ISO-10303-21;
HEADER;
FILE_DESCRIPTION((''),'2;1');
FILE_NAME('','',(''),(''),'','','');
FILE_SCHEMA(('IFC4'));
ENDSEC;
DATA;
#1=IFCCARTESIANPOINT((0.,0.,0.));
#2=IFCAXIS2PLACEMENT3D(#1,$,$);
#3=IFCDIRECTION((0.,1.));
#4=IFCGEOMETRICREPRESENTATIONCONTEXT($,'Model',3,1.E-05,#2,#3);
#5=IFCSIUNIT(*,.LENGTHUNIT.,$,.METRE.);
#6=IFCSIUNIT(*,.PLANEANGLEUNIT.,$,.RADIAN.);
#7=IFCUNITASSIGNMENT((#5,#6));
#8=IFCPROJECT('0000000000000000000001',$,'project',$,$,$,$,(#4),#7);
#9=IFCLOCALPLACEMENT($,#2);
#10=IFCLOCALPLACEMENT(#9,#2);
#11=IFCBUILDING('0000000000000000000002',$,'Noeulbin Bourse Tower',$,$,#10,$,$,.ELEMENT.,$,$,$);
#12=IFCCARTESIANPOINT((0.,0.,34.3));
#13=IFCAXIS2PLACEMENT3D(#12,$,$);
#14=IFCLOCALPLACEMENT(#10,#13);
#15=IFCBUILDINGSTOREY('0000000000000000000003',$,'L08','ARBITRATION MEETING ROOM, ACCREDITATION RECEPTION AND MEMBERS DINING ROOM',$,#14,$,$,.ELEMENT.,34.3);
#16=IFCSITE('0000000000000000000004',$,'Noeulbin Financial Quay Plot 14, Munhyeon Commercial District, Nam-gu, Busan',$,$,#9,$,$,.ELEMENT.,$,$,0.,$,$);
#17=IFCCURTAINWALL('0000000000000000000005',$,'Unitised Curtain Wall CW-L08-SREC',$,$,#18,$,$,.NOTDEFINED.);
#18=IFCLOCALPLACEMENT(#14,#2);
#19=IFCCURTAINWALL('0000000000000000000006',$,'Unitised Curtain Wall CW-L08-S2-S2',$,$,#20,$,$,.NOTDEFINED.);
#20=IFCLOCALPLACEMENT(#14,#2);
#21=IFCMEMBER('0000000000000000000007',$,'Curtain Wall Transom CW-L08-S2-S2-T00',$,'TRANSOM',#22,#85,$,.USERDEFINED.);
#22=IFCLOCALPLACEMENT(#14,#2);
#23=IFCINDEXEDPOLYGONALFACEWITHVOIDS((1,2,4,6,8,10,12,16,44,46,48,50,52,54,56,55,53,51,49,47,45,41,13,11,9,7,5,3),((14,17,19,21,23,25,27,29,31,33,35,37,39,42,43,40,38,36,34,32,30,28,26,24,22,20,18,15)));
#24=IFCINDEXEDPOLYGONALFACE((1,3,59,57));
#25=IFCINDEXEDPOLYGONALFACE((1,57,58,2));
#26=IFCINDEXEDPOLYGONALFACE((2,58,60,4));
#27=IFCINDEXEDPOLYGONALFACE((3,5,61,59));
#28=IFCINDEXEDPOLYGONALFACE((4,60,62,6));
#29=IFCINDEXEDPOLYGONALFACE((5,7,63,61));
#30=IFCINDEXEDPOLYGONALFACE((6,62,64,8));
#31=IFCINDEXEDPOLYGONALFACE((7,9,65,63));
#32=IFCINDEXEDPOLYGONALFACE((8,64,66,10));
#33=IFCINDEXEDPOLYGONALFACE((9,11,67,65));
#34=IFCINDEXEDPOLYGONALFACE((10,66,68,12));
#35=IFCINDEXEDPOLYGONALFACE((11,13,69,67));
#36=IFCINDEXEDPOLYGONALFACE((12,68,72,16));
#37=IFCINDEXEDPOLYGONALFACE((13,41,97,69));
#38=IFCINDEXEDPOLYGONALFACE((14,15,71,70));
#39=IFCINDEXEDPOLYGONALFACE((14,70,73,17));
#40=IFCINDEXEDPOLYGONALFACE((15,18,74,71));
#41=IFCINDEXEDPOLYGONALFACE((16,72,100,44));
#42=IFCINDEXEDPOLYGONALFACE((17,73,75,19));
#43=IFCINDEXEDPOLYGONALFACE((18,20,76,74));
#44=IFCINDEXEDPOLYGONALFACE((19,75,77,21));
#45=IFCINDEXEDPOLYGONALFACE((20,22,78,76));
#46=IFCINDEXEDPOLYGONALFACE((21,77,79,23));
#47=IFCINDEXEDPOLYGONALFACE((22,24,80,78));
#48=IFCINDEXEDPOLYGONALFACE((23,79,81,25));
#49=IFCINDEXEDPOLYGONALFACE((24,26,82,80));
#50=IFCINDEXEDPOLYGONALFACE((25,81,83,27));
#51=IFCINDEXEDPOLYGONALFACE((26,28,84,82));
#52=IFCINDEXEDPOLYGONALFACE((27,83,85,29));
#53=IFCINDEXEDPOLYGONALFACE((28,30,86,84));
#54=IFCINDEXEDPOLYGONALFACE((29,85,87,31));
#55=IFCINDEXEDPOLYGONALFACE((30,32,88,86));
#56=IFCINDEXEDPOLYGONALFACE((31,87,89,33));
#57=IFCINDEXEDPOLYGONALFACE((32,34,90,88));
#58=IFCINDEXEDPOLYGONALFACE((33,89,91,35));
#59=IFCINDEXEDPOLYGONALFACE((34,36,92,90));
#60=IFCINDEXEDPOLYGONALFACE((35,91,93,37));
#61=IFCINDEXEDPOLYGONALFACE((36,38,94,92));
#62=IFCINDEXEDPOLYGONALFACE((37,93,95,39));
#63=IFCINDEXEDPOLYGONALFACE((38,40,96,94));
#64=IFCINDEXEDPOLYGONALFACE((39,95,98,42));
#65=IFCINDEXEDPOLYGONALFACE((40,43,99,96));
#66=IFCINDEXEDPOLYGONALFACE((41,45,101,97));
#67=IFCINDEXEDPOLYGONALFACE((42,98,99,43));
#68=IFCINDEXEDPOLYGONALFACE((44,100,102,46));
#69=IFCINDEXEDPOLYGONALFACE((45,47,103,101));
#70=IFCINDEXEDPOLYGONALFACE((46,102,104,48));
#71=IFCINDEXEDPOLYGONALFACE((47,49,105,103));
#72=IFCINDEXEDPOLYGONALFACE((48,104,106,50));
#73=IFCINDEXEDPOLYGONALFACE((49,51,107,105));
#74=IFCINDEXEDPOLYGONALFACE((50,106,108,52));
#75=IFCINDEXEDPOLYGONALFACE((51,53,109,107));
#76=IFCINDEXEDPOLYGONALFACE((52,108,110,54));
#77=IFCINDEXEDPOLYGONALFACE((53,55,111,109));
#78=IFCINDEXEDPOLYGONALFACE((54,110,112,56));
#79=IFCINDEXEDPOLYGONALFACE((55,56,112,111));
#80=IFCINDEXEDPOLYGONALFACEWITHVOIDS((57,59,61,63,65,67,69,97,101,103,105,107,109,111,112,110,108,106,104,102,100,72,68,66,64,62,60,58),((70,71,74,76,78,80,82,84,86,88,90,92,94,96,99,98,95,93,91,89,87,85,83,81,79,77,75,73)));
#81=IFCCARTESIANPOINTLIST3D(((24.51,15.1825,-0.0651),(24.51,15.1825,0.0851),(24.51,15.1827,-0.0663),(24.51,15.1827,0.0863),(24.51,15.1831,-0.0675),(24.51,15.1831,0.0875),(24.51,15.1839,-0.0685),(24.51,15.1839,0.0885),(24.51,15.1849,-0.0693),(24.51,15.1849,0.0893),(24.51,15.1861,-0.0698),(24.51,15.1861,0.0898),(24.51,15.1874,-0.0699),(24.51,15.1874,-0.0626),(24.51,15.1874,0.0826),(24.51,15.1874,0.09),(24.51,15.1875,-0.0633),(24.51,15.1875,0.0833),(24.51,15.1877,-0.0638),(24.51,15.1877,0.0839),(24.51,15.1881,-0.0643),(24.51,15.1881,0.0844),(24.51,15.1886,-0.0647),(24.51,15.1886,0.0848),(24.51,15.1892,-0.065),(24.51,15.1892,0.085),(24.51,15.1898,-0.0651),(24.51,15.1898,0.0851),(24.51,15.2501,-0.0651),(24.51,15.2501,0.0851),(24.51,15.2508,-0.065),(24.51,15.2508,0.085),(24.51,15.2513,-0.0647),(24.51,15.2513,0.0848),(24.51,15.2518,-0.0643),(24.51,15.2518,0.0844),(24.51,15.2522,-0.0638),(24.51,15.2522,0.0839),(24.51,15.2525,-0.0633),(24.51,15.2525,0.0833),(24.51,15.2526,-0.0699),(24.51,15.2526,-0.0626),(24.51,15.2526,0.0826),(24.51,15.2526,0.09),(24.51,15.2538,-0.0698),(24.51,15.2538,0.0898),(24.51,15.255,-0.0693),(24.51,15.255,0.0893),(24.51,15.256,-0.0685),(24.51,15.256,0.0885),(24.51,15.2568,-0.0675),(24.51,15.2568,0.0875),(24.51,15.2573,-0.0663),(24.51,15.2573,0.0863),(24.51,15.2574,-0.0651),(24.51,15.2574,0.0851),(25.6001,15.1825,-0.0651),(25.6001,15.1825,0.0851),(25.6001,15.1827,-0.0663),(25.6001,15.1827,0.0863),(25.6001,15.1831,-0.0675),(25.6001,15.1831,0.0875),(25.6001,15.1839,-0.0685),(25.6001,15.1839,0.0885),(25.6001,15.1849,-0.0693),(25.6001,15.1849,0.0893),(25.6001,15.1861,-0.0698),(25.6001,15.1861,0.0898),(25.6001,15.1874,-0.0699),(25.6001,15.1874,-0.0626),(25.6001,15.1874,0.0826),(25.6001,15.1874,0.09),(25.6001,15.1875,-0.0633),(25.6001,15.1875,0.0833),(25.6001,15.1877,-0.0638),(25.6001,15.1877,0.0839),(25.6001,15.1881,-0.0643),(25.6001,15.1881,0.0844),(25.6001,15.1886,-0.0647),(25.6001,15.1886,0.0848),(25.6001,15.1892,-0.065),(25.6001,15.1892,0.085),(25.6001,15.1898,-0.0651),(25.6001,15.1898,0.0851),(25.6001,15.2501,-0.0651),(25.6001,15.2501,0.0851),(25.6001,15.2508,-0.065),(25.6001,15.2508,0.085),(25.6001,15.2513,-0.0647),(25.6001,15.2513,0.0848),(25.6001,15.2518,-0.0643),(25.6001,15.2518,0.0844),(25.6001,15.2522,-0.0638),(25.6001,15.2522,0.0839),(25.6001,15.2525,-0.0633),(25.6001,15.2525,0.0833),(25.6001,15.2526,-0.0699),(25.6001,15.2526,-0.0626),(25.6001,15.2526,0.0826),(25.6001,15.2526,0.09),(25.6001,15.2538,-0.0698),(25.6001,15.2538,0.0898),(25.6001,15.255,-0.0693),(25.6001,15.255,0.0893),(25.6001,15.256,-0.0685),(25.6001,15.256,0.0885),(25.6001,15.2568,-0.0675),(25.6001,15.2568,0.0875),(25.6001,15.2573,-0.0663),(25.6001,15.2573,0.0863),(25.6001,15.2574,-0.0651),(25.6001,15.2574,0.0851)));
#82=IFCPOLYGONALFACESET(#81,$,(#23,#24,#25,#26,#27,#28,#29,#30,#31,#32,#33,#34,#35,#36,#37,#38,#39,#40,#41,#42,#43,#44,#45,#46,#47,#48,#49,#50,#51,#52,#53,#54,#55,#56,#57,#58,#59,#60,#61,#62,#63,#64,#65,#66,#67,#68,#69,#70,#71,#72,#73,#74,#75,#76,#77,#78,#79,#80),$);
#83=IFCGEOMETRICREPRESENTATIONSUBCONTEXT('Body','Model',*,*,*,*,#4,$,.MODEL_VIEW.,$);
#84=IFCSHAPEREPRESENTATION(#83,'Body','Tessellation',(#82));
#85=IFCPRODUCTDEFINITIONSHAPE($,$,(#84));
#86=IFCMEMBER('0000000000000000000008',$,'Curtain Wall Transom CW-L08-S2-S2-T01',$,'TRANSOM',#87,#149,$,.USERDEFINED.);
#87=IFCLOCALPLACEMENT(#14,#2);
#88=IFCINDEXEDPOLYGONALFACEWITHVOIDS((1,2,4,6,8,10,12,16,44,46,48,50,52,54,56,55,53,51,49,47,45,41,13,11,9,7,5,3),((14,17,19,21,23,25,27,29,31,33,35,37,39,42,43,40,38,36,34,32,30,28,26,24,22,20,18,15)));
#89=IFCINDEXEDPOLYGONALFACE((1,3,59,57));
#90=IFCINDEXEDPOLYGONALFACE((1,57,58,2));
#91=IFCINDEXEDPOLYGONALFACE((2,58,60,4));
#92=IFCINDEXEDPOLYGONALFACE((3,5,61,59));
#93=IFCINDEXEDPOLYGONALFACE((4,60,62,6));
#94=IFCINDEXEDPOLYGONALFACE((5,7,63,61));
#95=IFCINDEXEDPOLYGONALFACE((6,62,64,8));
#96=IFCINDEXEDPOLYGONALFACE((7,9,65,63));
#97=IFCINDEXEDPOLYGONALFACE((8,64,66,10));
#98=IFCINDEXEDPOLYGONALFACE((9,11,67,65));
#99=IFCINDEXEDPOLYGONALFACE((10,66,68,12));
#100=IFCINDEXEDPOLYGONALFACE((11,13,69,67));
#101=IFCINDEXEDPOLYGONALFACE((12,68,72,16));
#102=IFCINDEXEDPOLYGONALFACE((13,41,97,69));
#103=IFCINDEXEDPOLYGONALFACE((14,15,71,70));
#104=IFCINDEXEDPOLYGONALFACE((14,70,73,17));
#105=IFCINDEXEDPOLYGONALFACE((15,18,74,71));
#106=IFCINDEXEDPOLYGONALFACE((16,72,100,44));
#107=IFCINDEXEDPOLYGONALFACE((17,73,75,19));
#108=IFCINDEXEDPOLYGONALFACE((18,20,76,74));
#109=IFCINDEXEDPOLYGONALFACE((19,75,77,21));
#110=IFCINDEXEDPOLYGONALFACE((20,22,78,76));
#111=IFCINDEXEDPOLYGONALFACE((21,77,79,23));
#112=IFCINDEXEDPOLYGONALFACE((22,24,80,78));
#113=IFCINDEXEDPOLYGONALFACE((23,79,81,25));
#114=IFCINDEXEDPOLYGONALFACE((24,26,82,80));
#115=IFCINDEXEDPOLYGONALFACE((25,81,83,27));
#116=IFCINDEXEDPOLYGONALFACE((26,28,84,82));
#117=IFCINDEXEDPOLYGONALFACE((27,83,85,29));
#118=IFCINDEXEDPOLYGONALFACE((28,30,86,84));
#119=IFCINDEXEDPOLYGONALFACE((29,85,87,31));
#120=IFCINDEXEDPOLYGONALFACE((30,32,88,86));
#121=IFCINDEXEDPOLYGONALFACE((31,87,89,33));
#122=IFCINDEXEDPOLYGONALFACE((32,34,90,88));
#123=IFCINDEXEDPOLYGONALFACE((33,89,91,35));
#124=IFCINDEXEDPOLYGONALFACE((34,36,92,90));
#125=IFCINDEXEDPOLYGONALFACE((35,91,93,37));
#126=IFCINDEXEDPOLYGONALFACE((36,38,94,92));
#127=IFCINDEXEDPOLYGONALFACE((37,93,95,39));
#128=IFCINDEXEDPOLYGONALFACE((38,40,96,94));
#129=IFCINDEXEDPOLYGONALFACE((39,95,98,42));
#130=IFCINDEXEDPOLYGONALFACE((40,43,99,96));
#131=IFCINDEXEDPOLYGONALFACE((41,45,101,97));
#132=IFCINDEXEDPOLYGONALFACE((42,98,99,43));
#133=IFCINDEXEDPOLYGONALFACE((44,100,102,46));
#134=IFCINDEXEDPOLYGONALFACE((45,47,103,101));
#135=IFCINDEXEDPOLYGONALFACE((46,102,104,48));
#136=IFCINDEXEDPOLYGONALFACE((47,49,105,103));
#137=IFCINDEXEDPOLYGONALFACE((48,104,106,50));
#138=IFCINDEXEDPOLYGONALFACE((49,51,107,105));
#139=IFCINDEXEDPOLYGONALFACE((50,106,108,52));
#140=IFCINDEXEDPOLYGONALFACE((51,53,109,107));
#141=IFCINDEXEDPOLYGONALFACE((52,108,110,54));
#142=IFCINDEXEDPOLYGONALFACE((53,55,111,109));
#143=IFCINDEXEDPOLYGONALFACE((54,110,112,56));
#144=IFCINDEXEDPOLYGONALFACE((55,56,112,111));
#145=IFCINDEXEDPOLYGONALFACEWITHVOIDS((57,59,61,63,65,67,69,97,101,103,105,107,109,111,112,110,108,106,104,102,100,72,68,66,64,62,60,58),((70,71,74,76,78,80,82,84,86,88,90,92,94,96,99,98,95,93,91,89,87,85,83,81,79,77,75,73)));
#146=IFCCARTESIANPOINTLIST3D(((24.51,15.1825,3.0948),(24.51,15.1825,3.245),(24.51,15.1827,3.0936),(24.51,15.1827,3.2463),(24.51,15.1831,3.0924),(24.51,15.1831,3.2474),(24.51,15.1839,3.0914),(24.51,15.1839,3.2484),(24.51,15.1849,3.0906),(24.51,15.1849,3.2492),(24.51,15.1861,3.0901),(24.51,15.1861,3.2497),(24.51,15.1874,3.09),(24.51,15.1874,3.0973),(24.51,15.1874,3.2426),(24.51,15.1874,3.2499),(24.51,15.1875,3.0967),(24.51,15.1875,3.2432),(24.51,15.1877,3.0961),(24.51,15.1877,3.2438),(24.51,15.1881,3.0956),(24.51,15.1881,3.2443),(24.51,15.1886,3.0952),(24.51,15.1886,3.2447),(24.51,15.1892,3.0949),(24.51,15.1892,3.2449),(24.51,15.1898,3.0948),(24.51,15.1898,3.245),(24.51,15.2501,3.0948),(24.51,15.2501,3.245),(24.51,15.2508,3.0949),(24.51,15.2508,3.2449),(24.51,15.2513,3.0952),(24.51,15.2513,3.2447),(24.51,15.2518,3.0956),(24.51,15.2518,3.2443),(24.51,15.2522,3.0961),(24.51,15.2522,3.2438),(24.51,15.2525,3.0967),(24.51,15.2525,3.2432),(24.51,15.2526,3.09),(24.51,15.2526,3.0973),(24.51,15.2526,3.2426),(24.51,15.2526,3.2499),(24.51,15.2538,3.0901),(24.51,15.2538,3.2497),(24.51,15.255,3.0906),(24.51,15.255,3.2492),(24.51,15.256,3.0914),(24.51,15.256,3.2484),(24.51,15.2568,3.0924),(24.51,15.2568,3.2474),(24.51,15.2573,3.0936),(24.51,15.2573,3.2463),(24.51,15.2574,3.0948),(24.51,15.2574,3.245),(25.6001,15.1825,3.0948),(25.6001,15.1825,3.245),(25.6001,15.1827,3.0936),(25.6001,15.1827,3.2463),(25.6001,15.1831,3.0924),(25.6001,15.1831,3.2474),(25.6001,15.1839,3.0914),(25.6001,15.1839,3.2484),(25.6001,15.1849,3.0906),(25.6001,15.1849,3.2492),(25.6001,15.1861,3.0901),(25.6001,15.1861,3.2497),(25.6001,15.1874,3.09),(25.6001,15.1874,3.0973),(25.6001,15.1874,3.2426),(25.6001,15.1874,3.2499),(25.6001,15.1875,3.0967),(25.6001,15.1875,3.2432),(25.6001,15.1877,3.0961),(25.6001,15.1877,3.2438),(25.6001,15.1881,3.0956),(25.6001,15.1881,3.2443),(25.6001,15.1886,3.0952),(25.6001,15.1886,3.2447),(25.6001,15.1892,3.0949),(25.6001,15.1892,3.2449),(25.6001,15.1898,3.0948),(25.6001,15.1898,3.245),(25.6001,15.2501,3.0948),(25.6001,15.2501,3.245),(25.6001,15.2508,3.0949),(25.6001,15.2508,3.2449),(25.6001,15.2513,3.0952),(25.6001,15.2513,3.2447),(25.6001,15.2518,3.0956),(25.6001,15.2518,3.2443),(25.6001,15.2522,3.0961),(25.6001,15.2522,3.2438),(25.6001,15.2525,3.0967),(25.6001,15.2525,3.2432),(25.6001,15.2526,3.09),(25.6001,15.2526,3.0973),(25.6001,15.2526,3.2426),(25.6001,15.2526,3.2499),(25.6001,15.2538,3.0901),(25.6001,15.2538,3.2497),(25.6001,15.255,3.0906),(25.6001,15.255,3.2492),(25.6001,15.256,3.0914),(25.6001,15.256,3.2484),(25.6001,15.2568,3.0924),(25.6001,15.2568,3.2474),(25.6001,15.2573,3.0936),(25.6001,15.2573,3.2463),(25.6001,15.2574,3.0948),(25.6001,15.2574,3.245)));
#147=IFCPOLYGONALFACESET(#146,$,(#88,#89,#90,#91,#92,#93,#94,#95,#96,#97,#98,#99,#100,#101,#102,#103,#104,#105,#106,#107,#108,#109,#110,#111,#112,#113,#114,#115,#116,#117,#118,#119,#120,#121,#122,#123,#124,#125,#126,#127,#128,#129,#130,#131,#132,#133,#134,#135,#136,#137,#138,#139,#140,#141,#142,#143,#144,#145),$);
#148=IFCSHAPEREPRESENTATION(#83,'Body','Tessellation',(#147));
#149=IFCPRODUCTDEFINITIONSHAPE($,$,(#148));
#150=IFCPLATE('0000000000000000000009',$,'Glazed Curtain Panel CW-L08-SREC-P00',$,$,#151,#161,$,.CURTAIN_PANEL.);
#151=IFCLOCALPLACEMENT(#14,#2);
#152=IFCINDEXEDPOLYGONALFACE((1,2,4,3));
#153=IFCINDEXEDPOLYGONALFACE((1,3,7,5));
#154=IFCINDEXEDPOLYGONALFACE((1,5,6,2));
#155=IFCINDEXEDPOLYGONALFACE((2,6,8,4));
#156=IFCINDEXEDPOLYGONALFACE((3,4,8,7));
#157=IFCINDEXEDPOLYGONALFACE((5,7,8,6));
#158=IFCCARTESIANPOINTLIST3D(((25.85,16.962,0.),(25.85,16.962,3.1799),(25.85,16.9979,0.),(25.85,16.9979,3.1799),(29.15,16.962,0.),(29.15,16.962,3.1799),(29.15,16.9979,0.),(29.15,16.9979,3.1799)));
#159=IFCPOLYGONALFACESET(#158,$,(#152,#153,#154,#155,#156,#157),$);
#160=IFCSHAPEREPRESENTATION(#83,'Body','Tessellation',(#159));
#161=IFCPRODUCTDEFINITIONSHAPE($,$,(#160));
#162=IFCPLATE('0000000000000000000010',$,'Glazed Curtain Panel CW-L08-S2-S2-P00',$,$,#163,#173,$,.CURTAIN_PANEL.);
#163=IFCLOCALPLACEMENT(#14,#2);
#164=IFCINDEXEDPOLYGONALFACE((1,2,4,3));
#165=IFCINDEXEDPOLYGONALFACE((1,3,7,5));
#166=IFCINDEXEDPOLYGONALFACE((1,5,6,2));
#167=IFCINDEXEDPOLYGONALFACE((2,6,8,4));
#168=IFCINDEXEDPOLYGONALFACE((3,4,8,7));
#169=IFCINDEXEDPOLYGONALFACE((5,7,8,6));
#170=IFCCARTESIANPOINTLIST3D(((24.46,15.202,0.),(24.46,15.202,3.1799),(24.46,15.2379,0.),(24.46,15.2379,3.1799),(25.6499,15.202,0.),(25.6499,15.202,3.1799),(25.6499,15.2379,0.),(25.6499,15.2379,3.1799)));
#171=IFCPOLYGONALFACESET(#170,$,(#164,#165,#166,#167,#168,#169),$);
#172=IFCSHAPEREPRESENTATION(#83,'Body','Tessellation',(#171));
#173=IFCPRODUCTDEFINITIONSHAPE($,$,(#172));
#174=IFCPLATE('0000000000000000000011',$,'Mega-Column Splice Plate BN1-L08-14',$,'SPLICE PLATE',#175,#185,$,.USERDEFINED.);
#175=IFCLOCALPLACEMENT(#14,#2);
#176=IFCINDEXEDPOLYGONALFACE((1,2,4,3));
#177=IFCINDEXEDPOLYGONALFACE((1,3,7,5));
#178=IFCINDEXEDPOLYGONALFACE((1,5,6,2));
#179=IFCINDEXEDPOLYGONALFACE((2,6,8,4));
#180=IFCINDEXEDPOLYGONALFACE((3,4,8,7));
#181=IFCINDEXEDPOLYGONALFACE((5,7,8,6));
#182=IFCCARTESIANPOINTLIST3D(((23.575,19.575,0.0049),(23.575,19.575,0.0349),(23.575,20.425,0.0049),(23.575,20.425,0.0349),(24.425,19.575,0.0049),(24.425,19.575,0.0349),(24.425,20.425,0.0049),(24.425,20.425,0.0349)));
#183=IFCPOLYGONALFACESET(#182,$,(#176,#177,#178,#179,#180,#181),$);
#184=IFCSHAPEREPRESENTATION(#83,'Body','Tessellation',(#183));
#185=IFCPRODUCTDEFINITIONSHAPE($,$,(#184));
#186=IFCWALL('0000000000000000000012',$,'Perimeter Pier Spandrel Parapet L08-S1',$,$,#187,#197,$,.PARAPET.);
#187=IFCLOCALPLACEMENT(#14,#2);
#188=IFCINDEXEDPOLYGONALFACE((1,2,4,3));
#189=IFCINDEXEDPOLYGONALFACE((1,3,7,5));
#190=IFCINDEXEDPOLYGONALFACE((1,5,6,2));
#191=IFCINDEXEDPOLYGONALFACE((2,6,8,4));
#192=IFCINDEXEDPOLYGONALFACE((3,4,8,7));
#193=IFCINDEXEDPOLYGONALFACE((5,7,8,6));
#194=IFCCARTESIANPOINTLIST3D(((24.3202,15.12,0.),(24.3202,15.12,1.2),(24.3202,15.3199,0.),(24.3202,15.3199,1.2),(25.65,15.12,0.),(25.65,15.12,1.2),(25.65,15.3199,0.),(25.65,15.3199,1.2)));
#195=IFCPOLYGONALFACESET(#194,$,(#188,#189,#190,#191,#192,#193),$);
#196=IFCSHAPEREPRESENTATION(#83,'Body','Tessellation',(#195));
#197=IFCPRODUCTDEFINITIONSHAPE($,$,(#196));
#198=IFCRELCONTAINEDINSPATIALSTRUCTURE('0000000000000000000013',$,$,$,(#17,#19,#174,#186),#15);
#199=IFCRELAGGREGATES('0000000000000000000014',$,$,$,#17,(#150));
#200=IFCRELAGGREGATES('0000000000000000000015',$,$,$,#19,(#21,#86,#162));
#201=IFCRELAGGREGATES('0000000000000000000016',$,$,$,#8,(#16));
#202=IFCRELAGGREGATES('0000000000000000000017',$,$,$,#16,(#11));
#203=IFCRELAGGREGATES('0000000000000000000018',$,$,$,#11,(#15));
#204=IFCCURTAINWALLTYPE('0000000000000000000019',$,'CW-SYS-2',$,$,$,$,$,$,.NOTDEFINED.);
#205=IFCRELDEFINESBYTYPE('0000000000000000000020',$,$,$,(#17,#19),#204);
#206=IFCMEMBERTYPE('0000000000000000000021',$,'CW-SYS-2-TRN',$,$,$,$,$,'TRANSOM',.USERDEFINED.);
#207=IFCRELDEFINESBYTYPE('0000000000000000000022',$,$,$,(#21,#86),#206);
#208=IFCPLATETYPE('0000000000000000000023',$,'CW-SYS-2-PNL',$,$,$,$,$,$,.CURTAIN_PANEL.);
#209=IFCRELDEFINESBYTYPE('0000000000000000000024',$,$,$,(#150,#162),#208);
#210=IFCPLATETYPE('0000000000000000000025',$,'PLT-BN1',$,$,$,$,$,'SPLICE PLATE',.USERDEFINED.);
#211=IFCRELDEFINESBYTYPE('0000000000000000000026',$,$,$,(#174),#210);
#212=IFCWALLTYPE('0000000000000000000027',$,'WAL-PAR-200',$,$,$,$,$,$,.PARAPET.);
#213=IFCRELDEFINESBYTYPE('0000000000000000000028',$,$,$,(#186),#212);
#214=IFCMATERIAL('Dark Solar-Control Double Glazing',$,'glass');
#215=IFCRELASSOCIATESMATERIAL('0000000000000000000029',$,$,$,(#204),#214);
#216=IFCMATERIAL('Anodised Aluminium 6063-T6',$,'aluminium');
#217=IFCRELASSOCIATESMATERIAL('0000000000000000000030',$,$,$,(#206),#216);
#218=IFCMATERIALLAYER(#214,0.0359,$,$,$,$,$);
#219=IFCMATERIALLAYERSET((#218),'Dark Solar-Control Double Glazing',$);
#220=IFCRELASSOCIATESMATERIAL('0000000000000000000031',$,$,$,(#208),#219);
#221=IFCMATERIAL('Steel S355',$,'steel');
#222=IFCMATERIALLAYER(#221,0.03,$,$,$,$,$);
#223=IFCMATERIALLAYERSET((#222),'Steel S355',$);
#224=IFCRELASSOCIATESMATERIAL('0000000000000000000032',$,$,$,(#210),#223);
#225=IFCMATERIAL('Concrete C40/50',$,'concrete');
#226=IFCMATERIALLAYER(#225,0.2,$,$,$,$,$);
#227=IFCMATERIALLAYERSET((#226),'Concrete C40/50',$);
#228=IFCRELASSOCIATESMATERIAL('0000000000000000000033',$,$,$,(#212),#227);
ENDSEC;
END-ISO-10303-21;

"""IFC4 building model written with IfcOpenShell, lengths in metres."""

from ifc_helpers import new_model, si_unit, direction, frame, frame_2d, origin, origin_2d, place, context, subcontext, project, spatial, rectangle, hollow_rectangle, extrude, material, layer, layer_set, material_profile, profile_set, type_object, element, aggregate, save


model = new_model("IFC4")

# Units and contexts
model_context = context("Model", 3, precision=1e-05, world=origin(), true_north=direction((0.0, 1.0)))
body_context = subcontext(model_context, "Body", "Model", "MODEL_VIEW")
ifc_project = project(units=[si_unit("LENGTHUNIT", "METRE"), si_unit("PLANEANGLEUNIT", "RADIAN")], contexts=[model_context])

# Site, building, storey
site_placement = place(None, origin())
site = spatial("IfcSite", under=ifc_project, at=site_placement, Name="Noeulbin Financial Quay Plot 14, Munhyeon Commercial District, Nam-gu, Busan", CompositionType="ELEMENT", RefElevation=0.0)
building_placement = place(site_placement, origin())
building = spatial("IfcBuilding", under=site, at=building_placement, Name="Noeulbin Bourse Tower", CompositionType="ELEMENT")
storey_placement = place(building_placement, frame((0.0, 0.0, 34.3)))
storey = spatial("IfcBuildingStorey", under=building, at=storey_placement, Name="L08", Description="ARBITRATION MEETING ROOM, ACCREDITATION RECEPTION AND MEMBERS DINING ROOM", CompositionType="ELEMENT", Elevation=34.3)

# Shared definitions
ifc_material_1 = material(Name="Steel S355", Category="steel")

# Curtain wall
ifc_material_2 = material(Name="Dark Solar-Control Double Glazing", Category="glass")
curtain_wall_type = type_object("IfcCurtainWallType", Name="CW-SYS-2", PredefinedType="NOTDEFINED", material=ifc_material_2)
curtain_wall_1_placement = place(storey_placement, origin())
curtain_wall_1 = element("IfcCurtainWall", 1, at=curtain_wall_1_placement, inside=storey, type_object=curtain_wall_type, Name="Unitised Curtain Wall CW-L08-SREC", PredefinedType="NOTDEFINED")
ifc_material_3 = material(Name="Anodised Aluminium 6063-T6", Category="aluminium")

# Curtain wall
curtain_wall_2_placement = place(storey_placement, origin())
curtain_wall_2 = element("IfcCurtainWall", 2, at=curtain_wall_2_placement, inside=storey, type_object=curtain_wall_type, Name="Unitised Curtain Wall CW-L08-S2-S2", PredefinedType="NOTDEFINED")

# Members
ifc_material_profile_1 = material_profile(ifc_material_3, hollow_rectangle(XDim=0.075, YDim=0.1599, WallThickness=0.0049, InnerFilletRadius=0.0024, OuterFilletRadius=0.0049, at=origin_2d()), Name="ALU-TRAN-75x160x5", Category="LoadBearing")
ifc_profile_set_1 = profile_set([ifc_material_profile_1], Name="Anodised Aluminium 6063-T6")
member_type_1 = type_object("IfcMemberType", Name="CW-SYS-2-TRN", ElementType="TRANSOM", PredefinedType="USERDEFINED", material=ifc_profile_set_1)
member_1_placement = place(storey_placement, frame((24.51, 15.22, 0.01), z_axis=(1.0, 0.0, 0.0), x_axis=(0.0, 1.0, 0.0)))
member_1 = element("IfcMember", 3, at=member_1_placement, type_object=member_type_1, Name="Curtain Wall Transom CW-L08-S2-S2-T00", ObjectType="TRANSOM", PredefinedType="USERDEFINED", context=body_context, shape_type="SweptSolid", body=[
    extrude(hollow_rectangle(XDim=0.075, YDim=0.1599, WallThickness=0.0049, InnerFilletRadius=0.0024, OuterFilletRadius=0.0049, at=origin_2d()), origin(), (0.0, 0.0, 1.0), 1.0901),
])
member_2_placement = place(storey_placement, frame((24.51, 15.22, 3.1699), z_axis=(1.0, 0.0, 0.0), x_axis=(0.0, 1.0, 0.0)))
member_2 = element("IfcMember", 4, at=member_2_placement, type_object=member_type_1, Name="Curtain Wall Transom CW-L08-S2-S2-T01", ObjectType="TRANSOM", PredefinedType="USERDEFINED", context=body_context, shape_type="SweptSolid", body=[
    extrude(hollow_rectangle(XDim=0.075, YDim=0.1599, WallThickness=0.0049, InnerFilletRadius=0.0024, OuterFilletRadius=0.0049, at=origin_2d()), origin(), (0.0, 0.0, 1.0), 1.0901),
])

# Plates
ifc_layer_1 = layer(ifc_material_2, 0.0359)
ifc_layer_set_1 = layer_set([ifc_layer_1], Name="Dark Solar-Control Double Glazing")
plate_type_1 = type_object("IfcPlateType", Name="CW-SYS-2-PNL", PredefinedType="CURTAIN_PANEL", material=ifc_layer_set_1)
plate_1_placement = place(storey_placement, frame((27.5, 16.98, 0.0), z_axis=(0.0, 0.0, 1.0), x_axis=(1.0, 0.0, 0.0)))
plate_1 = element("IfcPlate", 5, at=plate_1_placement, type_object=plate_type_1, Name="Glazed Curtain Panel CW-L08-SREC-P00", PredefinedType="CURTAIN_PANEL", context=body_context, shape_type="SweptSolid", body=[
    extrude(rectangle(XDim=3.3, YDim=0.0359, at=origin_2d()), origin(), (0.0, 0.0, 1.0), 3.1799),
])
aggregate(curtain_wall_1, [plate_1])
plate_2_placement = place(storey_placement, frame((25.0549, 15.22, 0.0), z_axis=(0.0, 0.0, 1.0), x_axis=(1.0, 0.0, 0.0)))
plate_2 = element("IfcPlate", 6, at=plate_2_placement, type_object=plate_type_1, Name="Glazed Curtain Panel CW-L08-S2-S2-P00", PredefinedType="CURTAIN_PANEL", context=body_context, shape_type="SweptSolid", body=[
    extrude(rectangle(XDim=1.1899, YDim=0.0359, at=origin_2d()), origin(), (0.0, 0.0, 1.0), 3.1799),
])
aggregate(curtain_wall_2, [member_1, member_2, plate_2])
ifc_layer_2 = layer(ifc_material_1, 0.03)
ifc_layer_set_2 = layer_set([ifc_layer_2], Name="Steel S355")
plate_type_2 = type_object("IfcPlateType", Name="PLT-BN1", ElementType="SPLICE PLATE", PredefinedType="USERDEFINED", material=ifc_layer_set_2)
plate_3_placement = place(storey_placement, frame((24.0, 20.0, 0.0049), z_axis=(0.0, 0.0, 1.0), x_axis=(1.0, 0.0, 0.0)))
element("IfcPlate", 7, at=plate_3_placement, inside=storey, type_object=plate_type_2, Name="Mega-Column Splice Plate BN1-L08-14", ObjectType="SPLICE PLATE", PredefinedType="USERDEFINED", context=body_context, shape_type="SweptSolid", body=[
    extrude(rectangle(XDim=0.8501, YDim=0.8501, at=origin_2d()), origin(), (0.0, 0.0, 1.0), 0.03),
])

# Wall
ifc_material_4 = material(Name="Concrete C40/50", Category="concrete")
ifc_layer_3 = layer(ifc_material_4, 0.2)
ifc_layer_set_3 = layer_set([ifc_layer_3], Name="Concrete C40/50")
wall_type_1 = type_object("IfcWallType", Name="WAL-PAR-200", PredefinedType="PARAPET", material=ifc_layer_set_3)
wall_1_placement = place(storey_placement, frame((24.3201, 15.22, 0.0), z_axis=(0.0, 0.0, 1.0), x_axis=(1.0, 0.0, 0.0)))
element("IfcWall", 8, at=wall_1_placement, inside=storey, type_object=wall_type_1, Name="Perimeter Pier Spandrel Parapet L08-S1", PredefinedType="PARAPET", context=body_context, shape_type="SweptSolid", body=[
    extrude(rectangle(XDim=1.3298, YDim=0.2, at=frame_2d((0.665, 0.0))), origin(), (0.0, 0.0, 1.0), 1.2),
])

save(model, "model.ifc")
